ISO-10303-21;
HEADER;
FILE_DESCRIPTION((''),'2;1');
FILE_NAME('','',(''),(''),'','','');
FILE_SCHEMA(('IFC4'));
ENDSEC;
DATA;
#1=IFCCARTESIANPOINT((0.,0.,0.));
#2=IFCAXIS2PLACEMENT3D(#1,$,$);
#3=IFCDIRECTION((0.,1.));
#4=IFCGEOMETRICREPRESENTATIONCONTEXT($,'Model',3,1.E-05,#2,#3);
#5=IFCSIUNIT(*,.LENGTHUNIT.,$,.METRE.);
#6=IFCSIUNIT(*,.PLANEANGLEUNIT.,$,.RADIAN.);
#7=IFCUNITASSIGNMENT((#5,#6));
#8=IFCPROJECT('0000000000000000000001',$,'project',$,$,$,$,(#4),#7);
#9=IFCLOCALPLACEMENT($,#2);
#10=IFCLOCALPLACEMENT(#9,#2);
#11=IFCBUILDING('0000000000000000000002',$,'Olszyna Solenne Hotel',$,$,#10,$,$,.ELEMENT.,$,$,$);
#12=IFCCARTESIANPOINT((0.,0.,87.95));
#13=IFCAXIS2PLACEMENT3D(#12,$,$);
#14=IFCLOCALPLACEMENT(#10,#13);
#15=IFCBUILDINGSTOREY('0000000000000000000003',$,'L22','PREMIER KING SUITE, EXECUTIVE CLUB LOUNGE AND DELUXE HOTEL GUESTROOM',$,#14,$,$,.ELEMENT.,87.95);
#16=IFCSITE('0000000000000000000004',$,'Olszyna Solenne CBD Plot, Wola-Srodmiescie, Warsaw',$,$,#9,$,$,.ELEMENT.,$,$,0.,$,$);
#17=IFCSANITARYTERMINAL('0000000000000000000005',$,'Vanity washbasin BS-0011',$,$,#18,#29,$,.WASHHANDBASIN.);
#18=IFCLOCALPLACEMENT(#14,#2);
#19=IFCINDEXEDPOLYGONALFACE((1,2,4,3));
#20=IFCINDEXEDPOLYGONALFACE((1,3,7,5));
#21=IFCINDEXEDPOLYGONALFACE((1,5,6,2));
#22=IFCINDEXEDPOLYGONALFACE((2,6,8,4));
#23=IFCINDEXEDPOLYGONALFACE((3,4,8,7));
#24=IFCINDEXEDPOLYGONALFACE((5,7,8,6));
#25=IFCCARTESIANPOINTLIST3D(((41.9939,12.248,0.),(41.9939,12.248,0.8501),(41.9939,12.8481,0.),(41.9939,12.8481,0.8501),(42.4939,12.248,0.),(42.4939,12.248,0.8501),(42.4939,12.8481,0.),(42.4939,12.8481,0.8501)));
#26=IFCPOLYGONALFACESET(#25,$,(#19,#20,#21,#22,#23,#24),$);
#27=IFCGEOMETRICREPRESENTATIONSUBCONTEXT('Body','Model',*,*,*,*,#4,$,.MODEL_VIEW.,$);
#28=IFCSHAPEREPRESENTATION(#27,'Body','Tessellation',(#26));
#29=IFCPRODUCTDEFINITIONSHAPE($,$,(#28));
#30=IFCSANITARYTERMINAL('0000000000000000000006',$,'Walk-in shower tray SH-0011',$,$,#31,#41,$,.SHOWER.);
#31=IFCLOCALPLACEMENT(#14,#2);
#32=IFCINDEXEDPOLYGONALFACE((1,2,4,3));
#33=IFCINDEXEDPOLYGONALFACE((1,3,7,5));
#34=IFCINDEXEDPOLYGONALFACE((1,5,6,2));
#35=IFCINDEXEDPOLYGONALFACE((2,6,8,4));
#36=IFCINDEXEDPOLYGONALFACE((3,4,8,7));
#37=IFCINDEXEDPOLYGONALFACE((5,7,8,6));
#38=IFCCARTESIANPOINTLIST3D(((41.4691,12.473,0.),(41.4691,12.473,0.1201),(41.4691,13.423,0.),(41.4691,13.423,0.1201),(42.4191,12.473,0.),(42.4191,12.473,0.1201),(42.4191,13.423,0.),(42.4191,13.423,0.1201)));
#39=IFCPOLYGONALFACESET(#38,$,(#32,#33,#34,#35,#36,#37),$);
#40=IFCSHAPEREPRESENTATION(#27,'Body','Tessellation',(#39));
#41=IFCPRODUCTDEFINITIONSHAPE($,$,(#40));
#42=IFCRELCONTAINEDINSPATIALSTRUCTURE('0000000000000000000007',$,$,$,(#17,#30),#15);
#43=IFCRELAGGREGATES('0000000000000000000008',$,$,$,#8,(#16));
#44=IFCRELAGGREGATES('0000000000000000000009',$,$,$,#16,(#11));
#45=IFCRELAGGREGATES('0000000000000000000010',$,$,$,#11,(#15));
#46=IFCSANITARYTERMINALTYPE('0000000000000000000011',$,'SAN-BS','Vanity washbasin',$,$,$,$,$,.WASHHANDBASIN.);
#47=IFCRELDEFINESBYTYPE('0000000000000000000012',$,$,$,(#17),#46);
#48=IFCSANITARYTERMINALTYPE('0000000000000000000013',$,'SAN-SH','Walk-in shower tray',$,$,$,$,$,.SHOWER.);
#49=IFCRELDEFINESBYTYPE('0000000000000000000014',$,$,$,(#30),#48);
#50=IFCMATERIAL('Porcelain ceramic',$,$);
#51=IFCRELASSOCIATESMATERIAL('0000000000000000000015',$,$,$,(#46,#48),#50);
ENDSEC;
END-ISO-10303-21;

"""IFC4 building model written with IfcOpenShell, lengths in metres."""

from ifc_helpers import new_model, si_unit, direction, frame, origin, origin_2d, place, context, subcontext, project, spatial, rectangle, extrude, source, transform, mapped, material, type_object, element, save


model = new_model("IFC4")

# Units and contexts
model_context = context("Model", 3, precision=1e-05, world=origin(), true_north=direction((0.0, 1.0)))
body_context = subcontext(model_context, "Body", "Model", "MODEL_VIEW")
ifc_project = project(units=[si_unit("LENGTHUNIT", "METRE"), si_unit("PLANEANGLEUNIT", "RADIAN")], contexts=[model_context])

# Site, building, storey
site_placement = place(None, origin())
site = spatial("IfcSite", under=ifc_project, at=site_placement, Name="Olszyna Solenne CBD Plot, Wola-Srodmiescie, Warsaw", CompositionType="ELEMENT", RefElevation=0.0)
building_placement = place(site_placement, origin())
building = spatial("IfcBuilding", under=site, at=building_placement, Name="Olszyna Solenne Hotel", CompositionType="ELEMENT")
storey_placement = place(building_placement, frame((0.0, 0.0, 87.95)))
storey = spatial("IfcBuildingStorey", under=building, at=storey_placement, Name="L22", Description="PREMIER KING SUITE, EXECUTIVE CLUB LOUNGE AND DELUXE HOTEL GUESTROOM", CompositionType="ELEMENT", Elevation=87.95)

# Sanitary terminals
ifc_material_1 = material(Name="Porcelain ceramic")
sanitary_terminal_type_1 = type_object("IfcSanitaryTerminalType", Name="SAN-BS", Description="Vanity washbasin", PredefinedType="WASHHANDBASIN", material=ifc_material_1)
shared_shape_1 = source(origin(), body_context, "Body", "SweptSolid", [
    extrude(rectangle(XDim=0.5, YDim=0.6001, at=origin_2d()), origin(), (0.0, 0.0, 1.0), 0.8501),
])
sanitary_terminal_1_placement = place(storey_placement, frame((42.2439, 12.5481, 0.0), z_axis=(0.0, 0.0, 1.0), x_axis=(1.0, 0.0, 0.0)))
element("IfcSanitaryTerminal", 1, at=sanitary_terminal_1_placement, inside=storey, type_object=sanitary_terminal_type_1, Name="Vanity washbasin BS-0011", PredefinedType="WASHHANDBASIN", context=body_context, shape_type="MappedRepresentation", body=[
    mapped(shared_shape_1, transform((0.0, 0.0, 0.0), x_axis=(1.0, 0.0, 0.0), y_axis=(0.0, 1.0, 0.0), z_axis=(0.0, 0.0, 1.0), scale=1.0)),
])
sanitary_terminal_type_2 = type_object("IfcSanitaryTerminalType", Name="SAN-SH", Description="Walk-in shower tray", PredefinedType="SHOWER", material=ifc_material_1)
shared_shape_2 = source(origin(), body_context, "Body", "SweptSolid", [
    extrude(rectangle(XDim=0.95, YDim=0.95, at=origin_2d()), origin(), (0.0, 0.0, 1.0), 0.1201),
])
sanitary_terminal_2_placement = place(storey_placement, frame((41.9441, 12.948, 0.0), z_axis=(0.0, 0.0, 1.0), x_axis=(1.0, 0.0, 0.0)))
element("IfcSanitaryTerminal", 2, at=sanitary_terminal_2_placement, inside=storey, type_object=sanitary_terminal_type_2, Name="Walk-in shower tray SH-0011", PredefinedType="SHOWER", context=body_context, shape_type="MappedRepresentation", body=[
    mapped(shared_shape_2, transform((0.0, 0.0, 0.0), x_axis=(1.0, 0.0, 0.0), y_axis=(0.0, 1.0, 0.0), z_axis=(0.0, 0.0, 1.0), scale=1.0)),
])

save(model, "model.ifc")
